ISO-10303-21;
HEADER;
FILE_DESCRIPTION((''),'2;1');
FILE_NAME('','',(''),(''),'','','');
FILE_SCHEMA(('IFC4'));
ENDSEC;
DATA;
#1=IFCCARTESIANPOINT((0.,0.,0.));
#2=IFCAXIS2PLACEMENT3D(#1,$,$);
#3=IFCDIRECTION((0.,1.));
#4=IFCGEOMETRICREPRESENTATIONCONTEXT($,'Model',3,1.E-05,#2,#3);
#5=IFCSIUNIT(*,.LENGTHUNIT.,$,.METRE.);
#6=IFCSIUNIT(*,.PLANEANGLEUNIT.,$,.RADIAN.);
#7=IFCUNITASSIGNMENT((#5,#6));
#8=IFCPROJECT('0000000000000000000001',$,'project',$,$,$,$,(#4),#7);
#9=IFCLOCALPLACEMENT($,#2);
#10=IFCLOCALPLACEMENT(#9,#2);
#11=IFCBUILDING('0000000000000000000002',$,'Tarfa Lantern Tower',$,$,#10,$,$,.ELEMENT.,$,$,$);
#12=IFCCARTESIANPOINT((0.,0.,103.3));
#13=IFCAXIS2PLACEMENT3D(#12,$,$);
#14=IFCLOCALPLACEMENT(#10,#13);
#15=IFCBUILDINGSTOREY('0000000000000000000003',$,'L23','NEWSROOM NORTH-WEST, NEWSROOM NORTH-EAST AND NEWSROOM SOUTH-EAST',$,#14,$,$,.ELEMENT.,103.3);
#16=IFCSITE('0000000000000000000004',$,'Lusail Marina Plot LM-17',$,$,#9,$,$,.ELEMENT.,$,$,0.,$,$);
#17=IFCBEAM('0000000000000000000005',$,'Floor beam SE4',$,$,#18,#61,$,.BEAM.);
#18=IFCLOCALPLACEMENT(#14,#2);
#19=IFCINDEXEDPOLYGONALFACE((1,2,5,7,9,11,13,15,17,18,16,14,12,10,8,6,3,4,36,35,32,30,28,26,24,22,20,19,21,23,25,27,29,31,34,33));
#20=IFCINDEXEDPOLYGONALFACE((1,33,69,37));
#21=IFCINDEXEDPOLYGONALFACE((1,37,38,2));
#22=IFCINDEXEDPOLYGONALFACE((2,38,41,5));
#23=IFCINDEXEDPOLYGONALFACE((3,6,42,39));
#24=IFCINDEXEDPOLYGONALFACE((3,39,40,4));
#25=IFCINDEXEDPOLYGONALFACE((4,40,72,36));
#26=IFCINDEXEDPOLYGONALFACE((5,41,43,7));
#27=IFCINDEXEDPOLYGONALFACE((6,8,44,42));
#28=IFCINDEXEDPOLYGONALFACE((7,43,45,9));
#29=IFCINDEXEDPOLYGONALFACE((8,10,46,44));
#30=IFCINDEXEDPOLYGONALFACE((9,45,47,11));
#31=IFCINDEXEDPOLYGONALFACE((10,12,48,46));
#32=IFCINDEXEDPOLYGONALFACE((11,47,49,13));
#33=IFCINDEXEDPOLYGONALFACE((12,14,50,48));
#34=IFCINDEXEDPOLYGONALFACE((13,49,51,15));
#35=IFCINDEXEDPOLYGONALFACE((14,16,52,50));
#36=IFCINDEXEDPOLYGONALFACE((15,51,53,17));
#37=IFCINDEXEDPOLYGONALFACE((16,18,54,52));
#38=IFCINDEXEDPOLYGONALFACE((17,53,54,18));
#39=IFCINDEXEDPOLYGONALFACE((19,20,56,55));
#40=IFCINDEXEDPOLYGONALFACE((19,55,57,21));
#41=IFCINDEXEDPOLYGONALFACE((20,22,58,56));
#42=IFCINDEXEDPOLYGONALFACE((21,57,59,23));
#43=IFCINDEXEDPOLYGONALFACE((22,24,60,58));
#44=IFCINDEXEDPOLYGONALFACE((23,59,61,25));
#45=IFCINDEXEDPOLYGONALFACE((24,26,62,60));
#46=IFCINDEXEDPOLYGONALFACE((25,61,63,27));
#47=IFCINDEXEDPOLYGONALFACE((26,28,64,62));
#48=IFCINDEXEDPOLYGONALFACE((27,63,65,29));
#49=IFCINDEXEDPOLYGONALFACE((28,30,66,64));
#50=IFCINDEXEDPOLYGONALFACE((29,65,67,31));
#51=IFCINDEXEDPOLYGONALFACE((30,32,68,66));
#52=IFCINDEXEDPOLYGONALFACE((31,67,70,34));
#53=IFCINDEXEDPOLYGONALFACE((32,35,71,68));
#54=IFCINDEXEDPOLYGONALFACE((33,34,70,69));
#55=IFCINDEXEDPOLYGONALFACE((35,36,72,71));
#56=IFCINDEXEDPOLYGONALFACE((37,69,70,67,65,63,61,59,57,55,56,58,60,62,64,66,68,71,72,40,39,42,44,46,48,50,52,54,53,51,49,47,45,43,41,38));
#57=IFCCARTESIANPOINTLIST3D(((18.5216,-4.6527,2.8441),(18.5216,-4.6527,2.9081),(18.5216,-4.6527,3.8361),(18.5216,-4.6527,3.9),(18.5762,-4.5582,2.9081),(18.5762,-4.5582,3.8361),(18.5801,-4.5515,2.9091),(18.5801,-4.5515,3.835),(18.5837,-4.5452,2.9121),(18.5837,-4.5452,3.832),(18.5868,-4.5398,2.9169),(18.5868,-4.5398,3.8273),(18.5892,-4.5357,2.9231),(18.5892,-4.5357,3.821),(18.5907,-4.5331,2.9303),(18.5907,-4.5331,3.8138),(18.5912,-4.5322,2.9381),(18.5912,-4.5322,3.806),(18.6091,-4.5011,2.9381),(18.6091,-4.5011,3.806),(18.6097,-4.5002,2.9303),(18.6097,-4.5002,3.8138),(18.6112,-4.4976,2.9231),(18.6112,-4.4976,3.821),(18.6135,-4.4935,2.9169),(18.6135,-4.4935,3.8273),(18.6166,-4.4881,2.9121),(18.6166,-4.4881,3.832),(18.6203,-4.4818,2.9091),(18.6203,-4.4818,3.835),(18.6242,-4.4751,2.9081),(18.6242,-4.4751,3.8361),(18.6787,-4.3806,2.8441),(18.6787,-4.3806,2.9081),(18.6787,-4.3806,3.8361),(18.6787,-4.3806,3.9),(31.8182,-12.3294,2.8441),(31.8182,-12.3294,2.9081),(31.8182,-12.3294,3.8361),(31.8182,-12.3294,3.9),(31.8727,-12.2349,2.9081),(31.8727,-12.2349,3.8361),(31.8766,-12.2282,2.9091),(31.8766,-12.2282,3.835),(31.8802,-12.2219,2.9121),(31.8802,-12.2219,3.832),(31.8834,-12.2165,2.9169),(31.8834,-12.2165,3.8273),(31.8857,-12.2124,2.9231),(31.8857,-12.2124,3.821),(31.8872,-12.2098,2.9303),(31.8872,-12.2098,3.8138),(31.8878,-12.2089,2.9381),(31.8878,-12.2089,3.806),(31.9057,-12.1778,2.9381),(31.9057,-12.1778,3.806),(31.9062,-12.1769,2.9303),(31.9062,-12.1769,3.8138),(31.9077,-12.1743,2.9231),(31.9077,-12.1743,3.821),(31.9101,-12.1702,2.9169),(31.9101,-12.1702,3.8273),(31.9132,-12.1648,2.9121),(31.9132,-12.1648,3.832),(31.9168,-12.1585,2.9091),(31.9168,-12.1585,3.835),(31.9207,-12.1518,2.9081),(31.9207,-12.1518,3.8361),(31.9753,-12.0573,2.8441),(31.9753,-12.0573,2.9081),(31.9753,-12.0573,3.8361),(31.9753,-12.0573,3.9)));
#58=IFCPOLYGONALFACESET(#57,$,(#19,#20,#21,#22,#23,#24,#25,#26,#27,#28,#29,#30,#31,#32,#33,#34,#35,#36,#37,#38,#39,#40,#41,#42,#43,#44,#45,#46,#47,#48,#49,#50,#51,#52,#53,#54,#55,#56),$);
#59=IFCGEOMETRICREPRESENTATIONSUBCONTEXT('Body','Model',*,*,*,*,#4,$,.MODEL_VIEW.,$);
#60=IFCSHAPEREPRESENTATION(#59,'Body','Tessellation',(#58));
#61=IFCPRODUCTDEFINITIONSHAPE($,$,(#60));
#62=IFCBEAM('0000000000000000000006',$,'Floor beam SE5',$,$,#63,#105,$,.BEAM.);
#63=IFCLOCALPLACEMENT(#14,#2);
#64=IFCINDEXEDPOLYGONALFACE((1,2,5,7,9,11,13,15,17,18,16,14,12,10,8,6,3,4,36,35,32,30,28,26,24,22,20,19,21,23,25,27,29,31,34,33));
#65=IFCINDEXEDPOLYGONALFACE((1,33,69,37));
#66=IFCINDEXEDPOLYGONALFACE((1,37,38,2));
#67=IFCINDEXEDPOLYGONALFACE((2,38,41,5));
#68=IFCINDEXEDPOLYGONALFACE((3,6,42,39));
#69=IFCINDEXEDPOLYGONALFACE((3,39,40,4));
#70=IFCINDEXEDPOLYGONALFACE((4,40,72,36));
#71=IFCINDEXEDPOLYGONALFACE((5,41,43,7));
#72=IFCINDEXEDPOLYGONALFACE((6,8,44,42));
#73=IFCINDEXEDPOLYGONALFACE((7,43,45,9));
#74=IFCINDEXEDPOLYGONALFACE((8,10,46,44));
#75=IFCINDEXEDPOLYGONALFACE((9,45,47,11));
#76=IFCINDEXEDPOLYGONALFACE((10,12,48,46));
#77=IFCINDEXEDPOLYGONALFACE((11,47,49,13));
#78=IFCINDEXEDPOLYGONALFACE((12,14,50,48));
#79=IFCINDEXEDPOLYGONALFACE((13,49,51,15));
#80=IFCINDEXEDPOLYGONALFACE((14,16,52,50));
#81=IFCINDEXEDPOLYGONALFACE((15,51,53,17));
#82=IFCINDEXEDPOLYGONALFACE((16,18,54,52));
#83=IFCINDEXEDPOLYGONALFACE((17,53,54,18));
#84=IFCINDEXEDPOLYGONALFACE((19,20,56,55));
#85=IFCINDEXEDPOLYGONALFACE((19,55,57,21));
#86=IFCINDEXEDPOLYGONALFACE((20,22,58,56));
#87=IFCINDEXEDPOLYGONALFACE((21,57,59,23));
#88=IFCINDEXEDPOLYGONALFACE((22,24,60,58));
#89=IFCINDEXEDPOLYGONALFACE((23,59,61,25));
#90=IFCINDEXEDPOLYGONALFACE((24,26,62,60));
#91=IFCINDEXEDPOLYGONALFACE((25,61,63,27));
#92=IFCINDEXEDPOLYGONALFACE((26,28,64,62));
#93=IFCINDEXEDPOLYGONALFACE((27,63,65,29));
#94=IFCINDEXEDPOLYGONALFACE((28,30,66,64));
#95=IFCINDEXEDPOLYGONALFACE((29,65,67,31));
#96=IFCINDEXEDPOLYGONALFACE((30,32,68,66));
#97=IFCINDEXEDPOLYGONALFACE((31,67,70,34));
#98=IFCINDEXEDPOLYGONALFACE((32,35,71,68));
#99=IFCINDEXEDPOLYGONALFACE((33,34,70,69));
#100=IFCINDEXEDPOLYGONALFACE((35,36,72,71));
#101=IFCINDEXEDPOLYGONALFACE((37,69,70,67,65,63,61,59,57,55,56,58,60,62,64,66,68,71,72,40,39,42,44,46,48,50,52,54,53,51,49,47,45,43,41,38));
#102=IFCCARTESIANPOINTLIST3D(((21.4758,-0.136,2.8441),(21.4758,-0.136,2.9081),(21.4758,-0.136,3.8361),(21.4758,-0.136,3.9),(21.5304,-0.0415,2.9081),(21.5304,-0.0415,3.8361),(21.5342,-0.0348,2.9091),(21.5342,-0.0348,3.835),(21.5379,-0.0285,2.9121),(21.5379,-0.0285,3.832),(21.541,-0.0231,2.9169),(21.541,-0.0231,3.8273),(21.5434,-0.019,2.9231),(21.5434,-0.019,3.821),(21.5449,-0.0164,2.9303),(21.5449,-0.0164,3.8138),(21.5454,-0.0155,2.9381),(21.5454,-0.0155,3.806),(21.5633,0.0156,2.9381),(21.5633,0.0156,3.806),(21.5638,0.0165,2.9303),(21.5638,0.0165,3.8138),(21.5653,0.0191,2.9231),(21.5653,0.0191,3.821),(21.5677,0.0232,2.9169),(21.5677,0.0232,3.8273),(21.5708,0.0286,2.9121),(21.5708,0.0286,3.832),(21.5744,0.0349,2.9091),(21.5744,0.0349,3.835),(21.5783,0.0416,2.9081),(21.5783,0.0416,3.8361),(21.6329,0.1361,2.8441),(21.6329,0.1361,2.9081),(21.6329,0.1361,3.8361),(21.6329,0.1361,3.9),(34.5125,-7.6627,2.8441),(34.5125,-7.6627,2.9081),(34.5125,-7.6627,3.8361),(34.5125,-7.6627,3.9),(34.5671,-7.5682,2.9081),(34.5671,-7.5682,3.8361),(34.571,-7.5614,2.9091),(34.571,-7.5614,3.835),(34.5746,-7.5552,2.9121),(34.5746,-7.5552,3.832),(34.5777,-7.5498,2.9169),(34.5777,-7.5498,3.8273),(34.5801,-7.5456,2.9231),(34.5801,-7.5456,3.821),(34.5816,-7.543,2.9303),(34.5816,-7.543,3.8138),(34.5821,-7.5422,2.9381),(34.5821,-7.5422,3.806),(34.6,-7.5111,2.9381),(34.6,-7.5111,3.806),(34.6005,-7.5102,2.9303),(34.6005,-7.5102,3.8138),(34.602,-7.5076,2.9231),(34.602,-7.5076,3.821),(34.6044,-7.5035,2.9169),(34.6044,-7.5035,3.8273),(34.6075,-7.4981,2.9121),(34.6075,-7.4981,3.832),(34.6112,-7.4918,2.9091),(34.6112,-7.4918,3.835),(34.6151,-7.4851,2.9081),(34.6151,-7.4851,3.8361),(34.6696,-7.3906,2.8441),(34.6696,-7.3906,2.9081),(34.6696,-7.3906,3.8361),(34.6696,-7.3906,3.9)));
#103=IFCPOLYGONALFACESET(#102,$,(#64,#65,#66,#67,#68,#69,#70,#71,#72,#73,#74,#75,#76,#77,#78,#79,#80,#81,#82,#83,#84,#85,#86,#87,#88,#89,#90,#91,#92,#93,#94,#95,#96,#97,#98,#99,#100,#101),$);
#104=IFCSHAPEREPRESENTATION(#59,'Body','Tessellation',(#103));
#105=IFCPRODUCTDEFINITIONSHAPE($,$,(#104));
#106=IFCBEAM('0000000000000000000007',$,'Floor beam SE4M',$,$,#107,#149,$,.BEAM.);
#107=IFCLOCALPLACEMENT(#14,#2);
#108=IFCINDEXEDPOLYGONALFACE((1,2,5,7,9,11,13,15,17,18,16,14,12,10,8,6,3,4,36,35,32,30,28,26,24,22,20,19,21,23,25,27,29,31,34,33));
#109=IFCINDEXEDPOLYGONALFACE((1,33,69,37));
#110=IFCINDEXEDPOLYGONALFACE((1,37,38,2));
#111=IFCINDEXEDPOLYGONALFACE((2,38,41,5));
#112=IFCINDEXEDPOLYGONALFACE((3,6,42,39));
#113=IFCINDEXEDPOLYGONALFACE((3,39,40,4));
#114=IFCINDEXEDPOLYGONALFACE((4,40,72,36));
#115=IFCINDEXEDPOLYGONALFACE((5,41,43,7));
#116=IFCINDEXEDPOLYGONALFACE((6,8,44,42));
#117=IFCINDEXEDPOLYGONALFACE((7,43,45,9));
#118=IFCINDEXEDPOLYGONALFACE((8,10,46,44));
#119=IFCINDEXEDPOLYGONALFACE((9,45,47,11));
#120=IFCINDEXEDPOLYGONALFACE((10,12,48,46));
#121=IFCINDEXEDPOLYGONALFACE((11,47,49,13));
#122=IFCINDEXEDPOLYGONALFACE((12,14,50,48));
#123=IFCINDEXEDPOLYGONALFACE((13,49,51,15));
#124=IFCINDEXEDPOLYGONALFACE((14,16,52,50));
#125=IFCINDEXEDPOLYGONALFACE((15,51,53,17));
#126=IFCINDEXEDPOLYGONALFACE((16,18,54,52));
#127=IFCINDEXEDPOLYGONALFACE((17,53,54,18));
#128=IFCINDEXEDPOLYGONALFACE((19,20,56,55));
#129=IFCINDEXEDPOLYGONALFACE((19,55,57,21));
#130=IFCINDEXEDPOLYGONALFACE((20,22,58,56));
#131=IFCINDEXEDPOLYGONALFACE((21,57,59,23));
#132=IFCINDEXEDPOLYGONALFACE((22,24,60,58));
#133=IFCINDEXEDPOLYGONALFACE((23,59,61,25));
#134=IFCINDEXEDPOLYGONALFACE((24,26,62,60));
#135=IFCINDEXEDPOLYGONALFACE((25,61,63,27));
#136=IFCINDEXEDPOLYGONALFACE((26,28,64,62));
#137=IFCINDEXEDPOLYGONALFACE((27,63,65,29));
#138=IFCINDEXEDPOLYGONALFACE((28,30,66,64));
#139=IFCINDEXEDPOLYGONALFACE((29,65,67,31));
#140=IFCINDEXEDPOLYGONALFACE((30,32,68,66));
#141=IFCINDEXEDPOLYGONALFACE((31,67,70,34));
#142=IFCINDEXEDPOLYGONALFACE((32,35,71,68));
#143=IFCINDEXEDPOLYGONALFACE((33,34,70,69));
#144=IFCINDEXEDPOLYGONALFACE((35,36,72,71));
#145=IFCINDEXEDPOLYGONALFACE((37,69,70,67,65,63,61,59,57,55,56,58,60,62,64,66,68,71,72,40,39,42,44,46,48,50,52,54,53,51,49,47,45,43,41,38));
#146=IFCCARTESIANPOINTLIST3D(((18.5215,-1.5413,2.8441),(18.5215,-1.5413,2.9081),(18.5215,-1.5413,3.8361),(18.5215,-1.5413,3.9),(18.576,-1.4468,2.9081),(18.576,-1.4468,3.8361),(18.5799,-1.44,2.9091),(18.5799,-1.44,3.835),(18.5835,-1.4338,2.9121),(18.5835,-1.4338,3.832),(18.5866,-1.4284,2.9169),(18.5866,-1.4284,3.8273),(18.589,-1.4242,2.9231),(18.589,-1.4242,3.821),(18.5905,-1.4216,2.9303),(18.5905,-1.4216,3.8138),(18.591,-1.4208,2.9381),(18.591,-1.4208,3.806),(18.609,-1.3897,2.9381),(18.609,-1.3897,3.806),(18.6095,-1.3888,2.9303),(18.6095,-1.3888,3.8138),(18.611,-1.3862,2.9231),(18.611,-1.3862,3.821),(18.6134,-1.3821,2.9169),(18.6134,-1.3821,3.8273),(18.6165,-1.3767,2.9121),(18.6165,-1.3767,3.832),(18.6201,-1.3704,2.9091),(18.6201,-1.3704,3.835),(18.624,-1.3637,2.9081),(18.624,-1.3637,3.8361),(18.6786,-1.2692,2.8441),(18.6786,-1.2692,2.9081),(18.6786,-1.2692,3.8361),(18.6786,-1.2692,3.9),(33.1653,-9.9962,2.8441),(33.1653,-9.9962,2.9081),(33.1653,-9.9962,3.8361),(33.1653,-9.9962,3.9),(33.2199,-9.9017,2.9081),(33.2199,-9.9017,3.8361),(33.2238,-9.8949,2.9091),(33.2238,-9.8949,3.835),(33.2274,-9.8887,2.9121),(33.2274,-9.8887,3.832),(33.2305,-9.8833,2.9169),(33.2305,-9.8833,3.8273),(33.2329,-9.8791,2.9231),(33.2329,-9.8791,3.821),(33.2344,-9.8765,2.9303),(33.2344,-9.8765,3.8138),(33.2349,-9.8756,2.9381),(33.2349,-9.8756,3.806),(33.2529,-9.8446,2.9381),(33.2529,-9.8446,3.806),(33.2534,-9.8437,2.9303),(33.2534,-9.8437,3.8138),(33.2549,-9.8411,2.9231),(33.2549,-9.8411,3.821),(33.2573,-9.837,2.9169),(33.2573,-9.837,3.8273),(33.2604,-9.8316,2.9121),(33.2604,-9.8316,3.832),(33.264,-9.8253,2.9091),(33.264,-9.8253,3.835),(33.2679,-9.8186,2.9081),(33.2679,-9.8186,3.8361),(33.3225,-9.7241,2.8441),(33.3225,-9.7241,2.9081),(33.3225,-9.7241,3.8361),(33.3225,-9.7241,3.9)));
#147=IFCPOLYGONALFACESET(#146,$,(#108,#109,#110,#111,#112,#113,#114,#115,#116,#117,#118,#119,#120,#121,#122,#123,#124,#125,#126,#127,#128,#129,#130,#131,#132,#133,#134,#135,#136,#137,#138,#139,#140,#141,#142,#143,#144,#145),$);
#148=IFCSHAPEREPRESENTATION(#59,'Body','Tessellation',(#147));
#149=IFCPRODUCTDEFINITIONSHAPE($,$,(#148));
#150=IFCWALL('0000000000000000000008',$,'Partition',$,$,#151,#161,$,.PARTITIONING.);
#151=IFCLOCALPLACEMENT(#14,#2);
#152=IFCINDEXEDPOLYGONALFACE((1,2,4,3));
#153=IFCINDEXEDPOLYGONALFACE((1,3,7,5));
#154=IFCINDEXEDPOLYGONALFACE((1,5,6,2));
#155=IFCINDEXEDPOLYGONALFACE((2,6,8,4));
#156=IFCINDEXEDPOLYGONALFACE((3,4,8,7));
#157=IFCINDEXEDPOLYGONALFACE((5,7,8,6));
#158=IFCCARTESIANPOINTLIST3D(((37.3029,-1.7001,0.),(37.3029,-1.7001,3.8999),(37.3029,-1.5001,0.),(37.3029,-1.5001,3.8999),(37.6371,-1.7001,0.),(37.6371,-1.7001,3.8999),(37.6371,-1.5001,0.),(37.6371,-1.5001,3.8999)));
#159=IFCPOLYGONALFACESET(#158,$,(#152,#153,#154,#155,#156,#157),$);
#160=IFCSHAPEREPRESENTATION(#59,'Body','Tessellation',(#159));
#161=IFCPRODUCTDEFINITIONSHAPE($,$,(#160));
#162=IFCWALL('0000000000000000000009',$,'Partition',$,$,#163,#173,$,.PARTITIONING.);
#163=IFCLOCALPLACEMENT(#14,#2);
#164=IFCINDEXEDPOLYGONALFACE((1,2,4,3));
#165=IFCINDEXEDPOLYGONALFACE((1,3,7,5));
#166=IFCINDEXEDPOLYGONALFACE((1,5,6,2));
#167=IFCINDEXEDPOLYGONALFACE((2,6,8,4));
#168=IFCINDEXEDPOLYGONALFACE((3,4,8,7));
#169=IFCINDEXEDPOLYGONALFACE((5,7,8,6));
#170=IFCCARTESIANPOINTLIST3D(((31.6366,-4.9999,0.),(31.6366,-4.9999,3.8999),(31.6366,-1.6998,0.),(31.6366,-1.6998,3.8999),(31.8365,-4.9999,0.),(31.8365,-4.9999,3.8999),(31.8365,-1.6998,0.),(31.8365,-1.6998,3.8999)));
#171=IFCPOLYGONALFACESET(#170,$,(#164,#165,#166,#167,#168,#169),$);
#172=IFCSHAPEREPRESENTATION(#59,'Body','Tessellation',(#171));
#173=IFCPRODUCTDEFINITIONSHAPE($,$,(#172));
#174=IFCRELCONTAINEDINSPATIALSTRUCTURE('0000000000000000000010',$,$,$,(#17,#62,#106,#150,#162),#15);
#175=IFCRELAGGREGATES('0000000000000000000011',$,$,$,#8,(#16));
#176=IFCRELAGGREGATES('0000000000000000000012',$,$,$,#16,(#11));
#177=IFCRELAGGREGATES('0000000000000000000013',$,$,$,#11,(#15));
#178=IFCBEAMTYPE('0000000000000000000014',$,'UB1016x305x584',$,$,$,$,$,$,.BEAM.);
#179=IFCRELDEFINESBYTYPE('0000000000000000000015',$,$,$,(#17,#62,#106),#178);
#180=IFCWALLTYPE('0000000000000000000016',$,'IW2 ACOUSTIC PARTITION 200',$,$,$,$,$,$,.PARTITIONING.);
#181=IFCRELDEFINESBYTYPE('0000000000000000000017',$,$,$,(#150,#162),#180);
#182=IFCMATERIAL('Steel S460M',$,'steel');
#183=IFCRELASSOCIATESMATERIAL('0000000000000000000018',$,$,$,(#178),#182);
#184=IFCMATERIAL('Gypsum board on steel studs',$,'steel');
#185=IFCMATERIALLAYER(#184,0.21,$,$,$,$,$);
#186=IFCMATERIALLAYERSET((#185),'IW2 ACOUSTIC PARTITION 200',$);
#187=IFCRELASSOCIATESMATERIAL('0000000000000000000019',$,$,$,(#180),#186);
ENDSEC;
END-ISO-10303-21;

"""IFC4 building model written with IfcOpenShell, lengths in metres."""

from ifc_helpers import new_model, si_unit, direction, frame, frame_2d, origin, origin_2d, place, context, subcontext, project, spatial, rectangle, i_section, extrude, material, layer, layer_set, material_profile, profile_set, type_object, element, save


model = new_model("IFC4")

# Units and contexts
model_context = context("Model", 3, precision=1e-05, world=origin(), true_north=direction((0.0, 1.0)))
body_context = subcontext(model_context, "Body", "Model", "MODEL_VIEW")
ifc_project = project(units=[si_unit("LENGTHUNIT", "METRE"), si_unit("PLANEANGLEUNIT", "RADIAN")], contexts=[model_context])

# Site, building, storey
site_placement = place(None, origin())
site = spatial("IfcSite", under=ifc_project, at=site_placement, Name="Lusail Marina Plot LM-17", CompositionType="ELEMENT", RefElevation=0.0)
building_placement = place(site_placement, origin())
building = spatial("IfcBuilding", under=site, at=building_placement, Name="Tarfa Lantern Tower", CompositionType="ELEMENT")
storey_placement = place(building_placement, frame((0.0, 0.0, 103.3)))
storey = spatial("IfcBuildingStorey", under=building, at=storey_placement, Name="L23", Description="NEWSROOM NORTH-WEST, NEWSROOM NORTH-EAST AND NEWSROOM SOUTH-EAST", CompositionType="ELEMENT", Elevation=103.3)

# Beams
ifc_material_1 = material(Name="Steel S460M", Category="steel")
ifc_material_profile_1 = material_profile(ifc_material_1, i_section(OverallWidth=0.3142, OverallDepth=1.0559, WebThickness=0.0359, FlangeThickness=0.064, FilletRadius=0.03, at=origin_2d()), Name="UB1016x305x584")
ifc_profile_set_1 = profile_set([ifc_material_profile_1], Name="Steel S460M")
beam_type_1 = type_object("IfcBeamType", Name="UB1016x305x584", PredefinedType="BEAM", material=ifc_profile_set_1)
beam_1_placement = place(storey_placement, frame((31.8967, -12.1934, 3.3721), z_axis=(-0.866027, 0.499997, 0.0), x_axis=(-0.499997, -0.866027, 0.0)))
element("IfcBeam", 1, at=beam_1_placement, inside=storey, type_object=beam_type_1, Name="Floor beam SE4", PredefinedType="BEAM", context=body_context, shape_type="SweptSolid", body=[
    extrude(i_section(OverallWidth=0.3142, OverallDepth=1.0559, WebThickness=0.0359, FlangeThickness=0.064, FilletRadius=0.03, at=origin_2d()), origin(), (0.0, 0.0, 1.0), 15.3535),
])
beam_2_placement = place(storey_placement, frame((34.5911, -7.5266, 3.3721), z_axis=(-0.866028, 0.499996, 0.0), x_axis=(-0.499996, -0.866028, 0.0)))
element("IfcBeam", 2, at=beam_2_placement, inside=storey, type_object=beam_type_1, Name="Floor beam SE5", PredefinedType="BEAM", context=body_context, shape_type="SweptSolid", body=[
    extrude(i_section(OverallWidth=0.3142, OverallDepth=1.0559, WebThickness=0.0359, FlangeThickness=0.064, FilletRadius=0.03, at=origin_2d()), origin(), (0.0, 0.0, 1.0), 15.0535),
])
beam_3_placement = place(storey_placement, frame((33.2439, -9.8601, 3.3721), z_axis=(-0.866019, 0.50001, 0.0), x_axis=(-0.50001, -0.866019, 0.0)))
element("IfcBeam", 3, at=beam_3_placement, inside=storey, type_object=beam_type_1, Name="Floor beam SE4M", PredefinedType="BEAM", context=body_context, shape_type="SweptSolid", body=[
    extrude(i_section(OverallWidth=0.3142, OverallDepth=1.0559, WebThickness=0.0359, FlangeThickness=0.064, FilletRadius=0.03, at=origin_2d()), origin(), (0.0, 0.0, 1.0), 16.9094),
])

# Walls
ifc_material_2 = material(Name="Gypsum board on steel studs", Category="steel")
ifc_layer = layer(ifc_material_2, 0.21)
ifc_layer_set = layer_set([ifc_layer], Name="IW2 ACOUSTIC PARTITION 200")
wall_type = type_object("IfcWallType", Name="IW2 ACOUSTIC PARTITION 200", PredefinedType="PARTITIONING", material=ifc_layer_set)
wall_1_placement = place(storey_placement, frame((37.303, -1.6001, 0.0), z_axis=(0.0, 0.0, 1.0), x_axis=(1.0, 0.0, 0.0)))
element("IfcWall", 4, at=wall_1_placement, inside=storey, type_object=wall_type, Name="Partition", PredefinedType="PARTITIONING", context=body_context, shape_type="SweptSolid", body=[
    extrude(rectangle(XDim=0.3342, YDim=0.2, at=frame_2d((0.167, 0.0))), origin(), (0.0, 0.0, 1.0), 3.8999),
])
wall_2_placement = place(storey_placement, frame((31.7366, -1.7, 0.0), z_axis=(0.0, 0.0, 1.0), x_axis=(0.0, -1.0, 0.0)))
element("IfcWall", 5, at=wall_2_placement, inside=storey, type_object=wall_type, Name="Partition", PredefinedType="PARTITIONING", context=body_context, shape_type="SweptSolid", body=[
    extrude(rectangle(XDim=3.3, YDim=0.2, at=frame_2d((1.6499, 0.0))), origin(), (0.0, 0.0, 1.0), 3.8999),
])

save(model, "model.ifc")
